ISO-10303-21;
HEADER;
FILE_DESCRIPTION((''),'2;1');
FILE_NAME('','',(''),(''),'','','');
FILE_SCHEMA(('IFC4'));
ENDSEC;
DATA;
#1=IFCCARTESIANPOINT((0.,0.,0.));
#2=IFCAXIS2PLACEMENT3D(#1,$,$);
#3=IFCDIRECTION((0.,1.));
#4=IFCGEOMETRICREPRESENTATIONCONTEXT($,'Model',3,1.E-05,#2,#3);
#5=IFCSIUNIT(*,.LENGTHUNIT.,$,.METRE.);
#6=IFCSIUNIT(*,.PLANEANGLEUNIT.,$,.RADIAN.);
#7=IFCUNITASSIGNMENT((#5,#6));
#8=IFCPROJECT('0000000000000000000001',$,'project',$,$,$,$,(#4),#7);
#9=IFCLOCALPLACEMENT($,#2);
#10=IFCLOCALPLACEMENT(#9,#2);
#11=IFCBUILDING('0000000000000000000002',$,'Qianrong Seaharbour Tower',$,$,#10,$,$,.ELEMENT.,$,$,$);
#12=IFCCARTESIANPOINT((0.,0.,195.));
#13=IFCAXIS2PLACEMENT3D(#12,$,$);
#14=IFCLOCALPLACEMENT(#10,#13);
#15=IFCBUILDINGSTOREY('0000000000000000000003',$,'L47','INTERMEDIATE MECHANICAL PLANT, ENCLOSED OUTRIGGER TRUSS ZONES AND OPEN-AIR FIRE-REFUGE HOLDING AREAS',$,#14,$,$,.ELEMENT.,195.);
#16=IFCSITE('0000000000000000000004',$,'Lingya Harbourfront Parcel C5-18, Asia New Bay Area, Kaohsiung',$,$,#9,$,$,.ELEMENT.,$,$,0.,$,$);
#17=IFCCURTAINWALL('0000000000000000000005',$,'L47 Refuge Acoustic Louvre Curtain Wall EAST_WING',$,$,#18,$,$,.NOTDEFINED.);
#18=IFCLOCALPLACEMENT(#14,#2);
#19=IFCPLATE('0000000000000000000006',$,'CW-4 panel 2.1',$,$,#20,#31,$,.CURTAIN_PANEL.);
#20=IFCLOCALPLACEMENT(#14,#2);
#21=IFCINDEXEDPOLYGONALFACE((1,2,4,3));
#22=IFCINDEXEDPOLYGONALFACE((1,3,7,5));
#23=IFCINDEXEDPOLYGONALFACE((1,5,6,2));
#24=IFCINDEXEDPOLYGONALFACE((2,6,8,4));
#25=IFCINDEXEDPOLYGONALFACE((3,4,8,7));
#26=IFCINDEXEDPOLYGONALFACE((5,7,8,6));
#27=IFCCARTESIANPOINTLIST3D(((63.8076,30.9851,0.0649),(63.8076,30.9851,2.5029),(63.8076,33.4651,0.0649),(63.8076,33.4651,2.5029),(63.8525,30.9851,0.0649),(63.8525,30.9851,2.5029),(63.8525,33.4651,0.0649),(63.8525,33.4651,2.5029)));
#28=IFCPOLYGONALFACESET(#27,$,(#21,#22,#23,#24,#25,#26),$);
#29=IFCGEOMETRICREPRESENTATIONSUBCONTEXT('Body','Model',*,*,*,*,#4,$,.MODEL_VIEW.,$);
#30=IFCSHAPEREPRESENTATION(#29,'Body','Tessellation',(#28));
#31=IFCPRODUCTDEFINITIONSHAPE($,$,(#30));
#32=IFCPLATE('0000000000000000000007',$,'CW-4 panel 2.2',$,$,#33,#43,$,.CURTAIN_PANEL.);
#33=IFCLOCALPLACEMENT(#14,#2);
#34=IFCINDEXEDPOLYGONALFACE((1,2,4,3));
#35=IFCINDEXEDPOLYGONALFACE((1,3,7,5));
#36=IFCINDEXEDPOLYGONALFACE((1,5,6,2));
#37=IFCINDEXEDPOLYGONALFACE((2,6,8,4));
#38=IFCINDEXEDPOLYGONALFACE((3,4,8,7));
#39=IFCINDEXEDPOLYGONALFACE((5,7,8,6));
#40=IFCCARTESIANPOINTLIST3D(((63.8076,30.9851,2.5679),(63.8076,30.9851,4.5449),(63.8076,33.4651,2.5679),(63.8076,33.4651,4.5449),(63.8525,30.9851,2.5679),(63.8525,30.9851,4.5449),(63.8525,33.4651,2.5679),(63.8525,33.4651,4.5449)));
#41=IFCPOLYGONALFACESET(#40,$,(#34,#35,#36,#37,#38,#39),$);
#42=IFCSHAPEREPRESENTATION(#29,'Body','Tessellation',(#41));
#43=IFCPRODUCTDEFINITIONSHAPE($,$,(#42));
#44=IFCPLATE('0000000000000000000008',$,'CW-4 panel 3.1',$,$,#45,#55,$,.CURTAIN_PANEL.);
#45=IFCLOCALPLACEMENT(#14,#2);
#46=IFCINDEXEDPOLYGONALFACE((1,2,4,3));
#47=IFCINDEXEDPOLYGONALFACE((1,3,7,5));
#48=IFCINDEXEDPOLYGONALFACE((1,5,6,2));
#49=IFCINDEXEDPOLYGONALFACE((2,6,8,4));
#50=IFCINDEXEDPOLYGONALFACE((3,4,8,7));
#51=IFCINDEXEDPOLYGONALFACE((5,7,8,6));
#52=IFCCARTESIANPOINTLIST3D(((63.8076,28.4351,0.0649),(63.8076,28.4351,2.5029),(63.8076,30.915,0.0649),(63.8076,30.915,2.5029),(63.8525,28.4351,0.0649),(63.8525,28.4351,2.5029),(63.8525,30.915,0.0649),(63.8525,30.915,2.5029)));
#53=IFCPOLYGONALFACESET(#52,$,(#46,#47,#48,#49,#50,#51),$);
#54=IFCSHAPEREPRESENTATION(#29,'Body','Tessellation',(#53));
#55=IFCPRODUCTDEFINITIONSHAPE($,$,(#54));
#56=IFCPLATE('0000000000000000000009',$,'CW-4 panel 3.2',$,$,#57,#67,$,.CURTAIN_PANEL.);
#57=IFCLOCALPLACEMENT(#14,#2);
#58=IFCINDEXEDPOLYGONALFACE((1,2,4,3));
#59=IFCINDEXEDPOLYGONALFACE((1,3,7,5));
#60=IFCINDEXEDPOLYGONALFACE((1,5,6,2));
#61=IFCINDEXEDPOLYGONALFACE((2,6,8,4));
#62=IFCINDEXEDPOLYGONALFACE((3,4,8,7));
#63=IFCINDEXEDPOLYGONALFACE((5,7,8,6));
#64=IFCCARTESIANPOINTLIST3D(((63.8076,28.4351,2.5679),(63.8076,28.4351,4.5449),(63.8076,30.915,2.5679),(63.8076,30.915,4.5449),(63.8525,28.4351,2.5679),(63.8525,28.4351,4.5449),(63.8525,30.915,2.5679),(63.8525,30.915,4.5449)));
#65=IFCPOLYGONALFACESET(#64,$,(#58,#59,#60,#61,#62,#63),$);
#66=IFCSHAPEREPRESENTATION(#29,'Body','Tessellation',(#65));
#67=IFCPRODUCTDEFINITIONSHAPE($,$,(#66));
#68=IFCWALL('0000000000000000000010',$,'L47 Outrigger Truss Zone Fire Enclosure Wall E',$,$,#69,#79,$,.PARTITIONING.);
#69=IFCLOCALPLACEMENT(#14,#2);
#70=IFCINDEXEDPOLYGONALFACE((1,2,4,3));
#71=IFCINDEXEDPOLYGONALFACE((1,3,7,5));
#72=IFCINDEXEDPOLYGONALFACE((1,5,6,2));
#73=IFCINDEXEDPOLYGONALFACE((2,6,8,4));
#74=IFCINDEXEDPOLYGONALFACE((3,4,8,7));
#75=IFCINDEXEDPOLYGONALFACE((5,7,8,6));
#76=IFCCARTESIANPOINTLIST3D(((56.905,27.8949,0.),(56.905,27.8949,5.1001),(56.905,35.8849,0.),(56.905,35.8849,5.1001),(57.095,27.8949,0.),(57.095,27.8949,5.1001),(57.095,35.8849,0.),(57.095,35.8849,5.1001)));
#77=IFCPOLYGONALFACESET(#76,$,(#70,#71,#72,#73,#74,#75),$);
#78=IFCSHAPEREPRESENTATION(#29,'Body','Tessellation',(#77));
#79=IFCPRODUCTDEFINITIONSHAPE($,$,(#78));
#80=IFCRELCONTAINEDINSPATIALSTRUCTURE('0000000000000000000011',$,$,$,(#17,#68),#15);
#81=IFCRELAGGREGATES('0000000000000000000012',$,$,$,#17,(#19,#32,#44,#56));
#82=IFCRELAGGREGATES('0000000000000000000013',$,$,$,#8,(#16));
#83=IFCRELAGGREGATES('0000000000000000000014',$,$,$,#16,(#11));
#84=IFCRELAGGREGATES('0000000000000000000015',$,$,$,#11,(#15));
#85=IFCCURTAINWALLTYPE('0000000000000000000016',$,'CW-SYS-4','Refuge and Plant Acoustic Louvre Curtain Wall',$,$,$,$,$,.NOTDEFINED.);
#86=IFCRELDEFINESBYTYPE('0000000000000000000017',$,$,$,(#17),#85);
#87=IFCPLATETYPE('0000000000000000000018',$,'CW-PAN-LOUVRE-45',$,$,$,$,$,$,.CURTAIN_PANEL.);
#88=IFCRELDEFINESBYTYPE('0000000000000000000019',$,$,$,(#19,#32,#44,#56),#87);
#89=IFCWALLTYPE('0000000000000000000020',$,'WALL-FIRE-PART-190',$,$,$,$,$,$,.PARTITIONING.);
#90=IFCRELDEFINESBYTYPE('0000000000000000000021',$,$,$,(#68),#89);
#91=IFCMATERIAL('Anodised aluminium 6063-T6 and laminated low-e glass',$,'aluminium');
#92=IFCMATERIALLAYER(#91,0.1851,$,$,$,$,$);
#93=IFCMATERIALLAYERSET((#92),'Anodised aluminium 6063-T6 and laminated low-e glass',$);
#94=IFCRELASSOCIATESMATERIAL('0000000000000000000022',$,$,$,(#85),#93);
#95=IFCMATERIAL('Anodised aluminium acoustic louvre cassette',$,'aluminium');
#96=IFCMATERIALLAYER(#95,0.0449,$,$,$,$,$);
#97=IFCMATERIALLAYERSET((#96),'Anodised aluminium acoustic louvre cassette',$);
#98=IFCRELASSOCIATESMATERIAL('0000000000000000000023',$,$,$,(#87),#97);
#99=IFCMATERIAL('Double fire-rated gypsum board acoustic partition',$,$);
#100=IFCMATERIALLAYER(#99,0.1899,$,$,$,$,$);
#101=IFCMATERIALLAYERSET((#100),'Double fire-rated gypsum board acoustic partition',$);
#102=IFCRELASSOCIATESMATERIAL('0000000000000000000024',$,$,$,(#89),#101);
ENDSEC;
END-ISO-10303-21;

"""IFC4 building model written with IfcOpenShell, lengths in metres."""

from ifc_helpers import new_model, si_unit, direction, frame, frame_2d, origin, origin_2d, place, context, subcontext, project, spatial, rectangle, extrude, material, layer, layer_set, type_object, element, aggregate, save


model = new_model("IFC4")

# Units and contexts
model_context = context("Model", 3, precision=1e-05, world=origin(), true_north=direction((0.0, 1.0)))
body_context = subcontext(model_context, "Body", "Model", "MODEL_VIEW")
ifc_project = project(units=[si_unit("LENGTHUNIT", "METRE"), si_unit("PLANEANGLEUNIT", "RADIAN")], contexts=[model_context])

# Site, building, storey
site_placement = place(None, origin())
site = spatial("IfcSite", under=ifc_project, at=site_placement, Name="Lingya Harbourfront Parcel C5-18, Asia New Bay Area, Kaohsiung", CompositionType="ELEMENT", RefElevation=0.0)
building_placement = place(site_placement, origin())
building = spatial("IfcBuilding", under=site, at=building_placement, Name="Qianrong Seaharbour Tower", CompositionType="ELEMENT")
storey_placement = place(building_placement, frame((0.0, 0.0, 195.0)))
storey = spatial("IfcBuildingStorey", under=building, at=storey_placement, Name="L47", Description="INTERMEDIATE MECHANICAL PLANT, ENCLOSED OUTRIGGER TRUSS ZONES AND OPEN-AIR FIRE-REFUGE HOLDING AREAS", CompositionType="ELEMENT", Elevation=195.0)

# Curtain wall, plates
ifc_material_1 = material(Name="Anodised aluminium 6063-T6 and laminated low-e glass", Category="aluminium")
ifc_layer_1 = layer(ifc_material_1, 0.1851)
ifc_layer_set_1 = layer_set([ifc_layer_1], Name="Anodised aluminium 6063-T6 and laminated low-e glass")
curtain_wall_type = type_object("IfcCurtainWallType", Name="CW-SYS-4", Description="Refuge and Plant Acoustic Louvre Curtain Wall", PredefinedType="NOTDEFINED", material=ifc_layer_set_1)
curtain_wall_placement = place(storey_placement, origin())
curtain_wall = element("IfcCurtainWall", 1, at=curtain_wall_placement, inside=storey, type_object=curtain_wall_type, Name="L47 Refuge Acoustic Louvre Curtain Wall EAST_WING", PredefinedType="NOTDEFINED")
ifc_material_2 = material(Name="Anodised aluminium acoustic louvre cassette", Category="aluminium")
ifc_layer_2 = layer(ifc_material_2, 0.0449)
ifc_layer_set_2 = layer_set([ifc_layer_2], Name="Anodised aluminium acoustic louvre cassette")
plate_type = type_object("IfcPlateType", Name="CW-PAN-LOUVRE-45", PredefinedType="CURTAIN_PANEL", material=ifc_layer_set_2)
plate_1_placement = place(storey_placement, frame((63.8301, 32.2251, 0.0649), z_axis=(0.0, 0.0, 1.0), x_axis=(0.0, -1.0, 0.0)))
plate_1 = element("IfcPlate", 2, at=plate_1_placement, type_object=plate_type, Name="CW-4 panel 2.1", PredefinedType="CURTAIN_PANEL", context=body_context, shape_type="SweptSolid", body=[
    extrude(rectangle(XDim=2.48, YDim=0.0449, at=origin_2d()), origin(), (0.0, 0.0, 1.0), 2.438),
])
plate_2_placement = place(storey_placement, frame((63.8301, 32.2251, 2.5679), z_axis=(0.0, 0.0, 1.0), x_axis=(0.0, -1.0, 0.0)))
plate_2 = element("IfcPlate", 3, at=plate_2_placement, type_object=plate_type, Name="CW-4 panel 2.2", PredefinedType="CURTAIN_PANEL", context=body_context, shape_type="SweptSolid", body=[
    extrude(rectangle(XDim=2.48, YDim=0.0449, at=origin_2d()), origin(), (0.0, 0.0, 1.0), 1.9771),
])
plate_3_placement = place(storey_placement, frame((63.8301, 29.675, 0.0649), z_axis=(0.0, 0.0, 1.0), x_axis=(0.0, -1.0, 0.0)))
plate_3 = element("IfcPlate", 4, at=plate_3_placement, type_object=plate_type, Name="CW-4 panel 3.1", PredefinedType="CURTAIN_PANEL", context=body_context, shape_type="SweptSolid", body=[
    extrude(rectangle(XDim=2.48, YDim=0.0449, at=origin_2d()), origin(), (0.0, 0.0, 1.0), 2.438),
])
plate_4_placement = place(storey_placement, frame((63.8301, 29.675, 2.5679), z_axis=(0.0, 0.0, 1.0), x_axis=(0.0, -1.0, 0.0)))
plate_4 = element("IfcPlate", 5, at=plate_4_placement, type_object=plate_type, Name="CW-4 panel 3.2", PredefinedType="CURTAIN_PANEL", context=body_context, shape_type="SweptSolid", body=[
    extrude(rectangle(XDim=2.48, YDim=0.0449, at=origin_2d()), origin(), (0.0, 0.0, 1.0), 1.9771),
])
aggregate(curtain_wall, [plate_1, plate_2, plate_3, plate_4])

# Wall
ifc_material_3 = material(Name="Double fire-rated gypsum board acoustic partition")
ifc_layer_3 = layer(ifc_material_3, 0.1899)
ifc_layer_set_3 = layer_set([ifc_layer_3], Name="Double fire-rated gypsum board acoustic partition")
wall_type = type_object("IfcWallType", Name="WALL-FIRE-PART-190", PredefinedType="PARTITIONING", material=ifc_layer_set_3)
wall_placement = place(storey_placement, frame((57.0, 35.885, 0.0), z_axis=(0.0, 0.0, 1.0), x_axis=(0.0, -1.0, 0.0)))
element("IfcWall", 6, at=wall_placement, inside=storey, type_object=wall_type, Name="L47 Outrigger Truss Zone Fire Enclosure Wall E", PredefinedType="PARTITIONING", context=body_context, shape_type="SweptSolid", body=[
    extrude(rectangle(XDim=7.99, YDim=0.1899, at=frame_2d((3.9951, 0.0))), origin(), (0.0, 0.0, 1.0), 5.1001),
])

save(model, "model.ifc")
